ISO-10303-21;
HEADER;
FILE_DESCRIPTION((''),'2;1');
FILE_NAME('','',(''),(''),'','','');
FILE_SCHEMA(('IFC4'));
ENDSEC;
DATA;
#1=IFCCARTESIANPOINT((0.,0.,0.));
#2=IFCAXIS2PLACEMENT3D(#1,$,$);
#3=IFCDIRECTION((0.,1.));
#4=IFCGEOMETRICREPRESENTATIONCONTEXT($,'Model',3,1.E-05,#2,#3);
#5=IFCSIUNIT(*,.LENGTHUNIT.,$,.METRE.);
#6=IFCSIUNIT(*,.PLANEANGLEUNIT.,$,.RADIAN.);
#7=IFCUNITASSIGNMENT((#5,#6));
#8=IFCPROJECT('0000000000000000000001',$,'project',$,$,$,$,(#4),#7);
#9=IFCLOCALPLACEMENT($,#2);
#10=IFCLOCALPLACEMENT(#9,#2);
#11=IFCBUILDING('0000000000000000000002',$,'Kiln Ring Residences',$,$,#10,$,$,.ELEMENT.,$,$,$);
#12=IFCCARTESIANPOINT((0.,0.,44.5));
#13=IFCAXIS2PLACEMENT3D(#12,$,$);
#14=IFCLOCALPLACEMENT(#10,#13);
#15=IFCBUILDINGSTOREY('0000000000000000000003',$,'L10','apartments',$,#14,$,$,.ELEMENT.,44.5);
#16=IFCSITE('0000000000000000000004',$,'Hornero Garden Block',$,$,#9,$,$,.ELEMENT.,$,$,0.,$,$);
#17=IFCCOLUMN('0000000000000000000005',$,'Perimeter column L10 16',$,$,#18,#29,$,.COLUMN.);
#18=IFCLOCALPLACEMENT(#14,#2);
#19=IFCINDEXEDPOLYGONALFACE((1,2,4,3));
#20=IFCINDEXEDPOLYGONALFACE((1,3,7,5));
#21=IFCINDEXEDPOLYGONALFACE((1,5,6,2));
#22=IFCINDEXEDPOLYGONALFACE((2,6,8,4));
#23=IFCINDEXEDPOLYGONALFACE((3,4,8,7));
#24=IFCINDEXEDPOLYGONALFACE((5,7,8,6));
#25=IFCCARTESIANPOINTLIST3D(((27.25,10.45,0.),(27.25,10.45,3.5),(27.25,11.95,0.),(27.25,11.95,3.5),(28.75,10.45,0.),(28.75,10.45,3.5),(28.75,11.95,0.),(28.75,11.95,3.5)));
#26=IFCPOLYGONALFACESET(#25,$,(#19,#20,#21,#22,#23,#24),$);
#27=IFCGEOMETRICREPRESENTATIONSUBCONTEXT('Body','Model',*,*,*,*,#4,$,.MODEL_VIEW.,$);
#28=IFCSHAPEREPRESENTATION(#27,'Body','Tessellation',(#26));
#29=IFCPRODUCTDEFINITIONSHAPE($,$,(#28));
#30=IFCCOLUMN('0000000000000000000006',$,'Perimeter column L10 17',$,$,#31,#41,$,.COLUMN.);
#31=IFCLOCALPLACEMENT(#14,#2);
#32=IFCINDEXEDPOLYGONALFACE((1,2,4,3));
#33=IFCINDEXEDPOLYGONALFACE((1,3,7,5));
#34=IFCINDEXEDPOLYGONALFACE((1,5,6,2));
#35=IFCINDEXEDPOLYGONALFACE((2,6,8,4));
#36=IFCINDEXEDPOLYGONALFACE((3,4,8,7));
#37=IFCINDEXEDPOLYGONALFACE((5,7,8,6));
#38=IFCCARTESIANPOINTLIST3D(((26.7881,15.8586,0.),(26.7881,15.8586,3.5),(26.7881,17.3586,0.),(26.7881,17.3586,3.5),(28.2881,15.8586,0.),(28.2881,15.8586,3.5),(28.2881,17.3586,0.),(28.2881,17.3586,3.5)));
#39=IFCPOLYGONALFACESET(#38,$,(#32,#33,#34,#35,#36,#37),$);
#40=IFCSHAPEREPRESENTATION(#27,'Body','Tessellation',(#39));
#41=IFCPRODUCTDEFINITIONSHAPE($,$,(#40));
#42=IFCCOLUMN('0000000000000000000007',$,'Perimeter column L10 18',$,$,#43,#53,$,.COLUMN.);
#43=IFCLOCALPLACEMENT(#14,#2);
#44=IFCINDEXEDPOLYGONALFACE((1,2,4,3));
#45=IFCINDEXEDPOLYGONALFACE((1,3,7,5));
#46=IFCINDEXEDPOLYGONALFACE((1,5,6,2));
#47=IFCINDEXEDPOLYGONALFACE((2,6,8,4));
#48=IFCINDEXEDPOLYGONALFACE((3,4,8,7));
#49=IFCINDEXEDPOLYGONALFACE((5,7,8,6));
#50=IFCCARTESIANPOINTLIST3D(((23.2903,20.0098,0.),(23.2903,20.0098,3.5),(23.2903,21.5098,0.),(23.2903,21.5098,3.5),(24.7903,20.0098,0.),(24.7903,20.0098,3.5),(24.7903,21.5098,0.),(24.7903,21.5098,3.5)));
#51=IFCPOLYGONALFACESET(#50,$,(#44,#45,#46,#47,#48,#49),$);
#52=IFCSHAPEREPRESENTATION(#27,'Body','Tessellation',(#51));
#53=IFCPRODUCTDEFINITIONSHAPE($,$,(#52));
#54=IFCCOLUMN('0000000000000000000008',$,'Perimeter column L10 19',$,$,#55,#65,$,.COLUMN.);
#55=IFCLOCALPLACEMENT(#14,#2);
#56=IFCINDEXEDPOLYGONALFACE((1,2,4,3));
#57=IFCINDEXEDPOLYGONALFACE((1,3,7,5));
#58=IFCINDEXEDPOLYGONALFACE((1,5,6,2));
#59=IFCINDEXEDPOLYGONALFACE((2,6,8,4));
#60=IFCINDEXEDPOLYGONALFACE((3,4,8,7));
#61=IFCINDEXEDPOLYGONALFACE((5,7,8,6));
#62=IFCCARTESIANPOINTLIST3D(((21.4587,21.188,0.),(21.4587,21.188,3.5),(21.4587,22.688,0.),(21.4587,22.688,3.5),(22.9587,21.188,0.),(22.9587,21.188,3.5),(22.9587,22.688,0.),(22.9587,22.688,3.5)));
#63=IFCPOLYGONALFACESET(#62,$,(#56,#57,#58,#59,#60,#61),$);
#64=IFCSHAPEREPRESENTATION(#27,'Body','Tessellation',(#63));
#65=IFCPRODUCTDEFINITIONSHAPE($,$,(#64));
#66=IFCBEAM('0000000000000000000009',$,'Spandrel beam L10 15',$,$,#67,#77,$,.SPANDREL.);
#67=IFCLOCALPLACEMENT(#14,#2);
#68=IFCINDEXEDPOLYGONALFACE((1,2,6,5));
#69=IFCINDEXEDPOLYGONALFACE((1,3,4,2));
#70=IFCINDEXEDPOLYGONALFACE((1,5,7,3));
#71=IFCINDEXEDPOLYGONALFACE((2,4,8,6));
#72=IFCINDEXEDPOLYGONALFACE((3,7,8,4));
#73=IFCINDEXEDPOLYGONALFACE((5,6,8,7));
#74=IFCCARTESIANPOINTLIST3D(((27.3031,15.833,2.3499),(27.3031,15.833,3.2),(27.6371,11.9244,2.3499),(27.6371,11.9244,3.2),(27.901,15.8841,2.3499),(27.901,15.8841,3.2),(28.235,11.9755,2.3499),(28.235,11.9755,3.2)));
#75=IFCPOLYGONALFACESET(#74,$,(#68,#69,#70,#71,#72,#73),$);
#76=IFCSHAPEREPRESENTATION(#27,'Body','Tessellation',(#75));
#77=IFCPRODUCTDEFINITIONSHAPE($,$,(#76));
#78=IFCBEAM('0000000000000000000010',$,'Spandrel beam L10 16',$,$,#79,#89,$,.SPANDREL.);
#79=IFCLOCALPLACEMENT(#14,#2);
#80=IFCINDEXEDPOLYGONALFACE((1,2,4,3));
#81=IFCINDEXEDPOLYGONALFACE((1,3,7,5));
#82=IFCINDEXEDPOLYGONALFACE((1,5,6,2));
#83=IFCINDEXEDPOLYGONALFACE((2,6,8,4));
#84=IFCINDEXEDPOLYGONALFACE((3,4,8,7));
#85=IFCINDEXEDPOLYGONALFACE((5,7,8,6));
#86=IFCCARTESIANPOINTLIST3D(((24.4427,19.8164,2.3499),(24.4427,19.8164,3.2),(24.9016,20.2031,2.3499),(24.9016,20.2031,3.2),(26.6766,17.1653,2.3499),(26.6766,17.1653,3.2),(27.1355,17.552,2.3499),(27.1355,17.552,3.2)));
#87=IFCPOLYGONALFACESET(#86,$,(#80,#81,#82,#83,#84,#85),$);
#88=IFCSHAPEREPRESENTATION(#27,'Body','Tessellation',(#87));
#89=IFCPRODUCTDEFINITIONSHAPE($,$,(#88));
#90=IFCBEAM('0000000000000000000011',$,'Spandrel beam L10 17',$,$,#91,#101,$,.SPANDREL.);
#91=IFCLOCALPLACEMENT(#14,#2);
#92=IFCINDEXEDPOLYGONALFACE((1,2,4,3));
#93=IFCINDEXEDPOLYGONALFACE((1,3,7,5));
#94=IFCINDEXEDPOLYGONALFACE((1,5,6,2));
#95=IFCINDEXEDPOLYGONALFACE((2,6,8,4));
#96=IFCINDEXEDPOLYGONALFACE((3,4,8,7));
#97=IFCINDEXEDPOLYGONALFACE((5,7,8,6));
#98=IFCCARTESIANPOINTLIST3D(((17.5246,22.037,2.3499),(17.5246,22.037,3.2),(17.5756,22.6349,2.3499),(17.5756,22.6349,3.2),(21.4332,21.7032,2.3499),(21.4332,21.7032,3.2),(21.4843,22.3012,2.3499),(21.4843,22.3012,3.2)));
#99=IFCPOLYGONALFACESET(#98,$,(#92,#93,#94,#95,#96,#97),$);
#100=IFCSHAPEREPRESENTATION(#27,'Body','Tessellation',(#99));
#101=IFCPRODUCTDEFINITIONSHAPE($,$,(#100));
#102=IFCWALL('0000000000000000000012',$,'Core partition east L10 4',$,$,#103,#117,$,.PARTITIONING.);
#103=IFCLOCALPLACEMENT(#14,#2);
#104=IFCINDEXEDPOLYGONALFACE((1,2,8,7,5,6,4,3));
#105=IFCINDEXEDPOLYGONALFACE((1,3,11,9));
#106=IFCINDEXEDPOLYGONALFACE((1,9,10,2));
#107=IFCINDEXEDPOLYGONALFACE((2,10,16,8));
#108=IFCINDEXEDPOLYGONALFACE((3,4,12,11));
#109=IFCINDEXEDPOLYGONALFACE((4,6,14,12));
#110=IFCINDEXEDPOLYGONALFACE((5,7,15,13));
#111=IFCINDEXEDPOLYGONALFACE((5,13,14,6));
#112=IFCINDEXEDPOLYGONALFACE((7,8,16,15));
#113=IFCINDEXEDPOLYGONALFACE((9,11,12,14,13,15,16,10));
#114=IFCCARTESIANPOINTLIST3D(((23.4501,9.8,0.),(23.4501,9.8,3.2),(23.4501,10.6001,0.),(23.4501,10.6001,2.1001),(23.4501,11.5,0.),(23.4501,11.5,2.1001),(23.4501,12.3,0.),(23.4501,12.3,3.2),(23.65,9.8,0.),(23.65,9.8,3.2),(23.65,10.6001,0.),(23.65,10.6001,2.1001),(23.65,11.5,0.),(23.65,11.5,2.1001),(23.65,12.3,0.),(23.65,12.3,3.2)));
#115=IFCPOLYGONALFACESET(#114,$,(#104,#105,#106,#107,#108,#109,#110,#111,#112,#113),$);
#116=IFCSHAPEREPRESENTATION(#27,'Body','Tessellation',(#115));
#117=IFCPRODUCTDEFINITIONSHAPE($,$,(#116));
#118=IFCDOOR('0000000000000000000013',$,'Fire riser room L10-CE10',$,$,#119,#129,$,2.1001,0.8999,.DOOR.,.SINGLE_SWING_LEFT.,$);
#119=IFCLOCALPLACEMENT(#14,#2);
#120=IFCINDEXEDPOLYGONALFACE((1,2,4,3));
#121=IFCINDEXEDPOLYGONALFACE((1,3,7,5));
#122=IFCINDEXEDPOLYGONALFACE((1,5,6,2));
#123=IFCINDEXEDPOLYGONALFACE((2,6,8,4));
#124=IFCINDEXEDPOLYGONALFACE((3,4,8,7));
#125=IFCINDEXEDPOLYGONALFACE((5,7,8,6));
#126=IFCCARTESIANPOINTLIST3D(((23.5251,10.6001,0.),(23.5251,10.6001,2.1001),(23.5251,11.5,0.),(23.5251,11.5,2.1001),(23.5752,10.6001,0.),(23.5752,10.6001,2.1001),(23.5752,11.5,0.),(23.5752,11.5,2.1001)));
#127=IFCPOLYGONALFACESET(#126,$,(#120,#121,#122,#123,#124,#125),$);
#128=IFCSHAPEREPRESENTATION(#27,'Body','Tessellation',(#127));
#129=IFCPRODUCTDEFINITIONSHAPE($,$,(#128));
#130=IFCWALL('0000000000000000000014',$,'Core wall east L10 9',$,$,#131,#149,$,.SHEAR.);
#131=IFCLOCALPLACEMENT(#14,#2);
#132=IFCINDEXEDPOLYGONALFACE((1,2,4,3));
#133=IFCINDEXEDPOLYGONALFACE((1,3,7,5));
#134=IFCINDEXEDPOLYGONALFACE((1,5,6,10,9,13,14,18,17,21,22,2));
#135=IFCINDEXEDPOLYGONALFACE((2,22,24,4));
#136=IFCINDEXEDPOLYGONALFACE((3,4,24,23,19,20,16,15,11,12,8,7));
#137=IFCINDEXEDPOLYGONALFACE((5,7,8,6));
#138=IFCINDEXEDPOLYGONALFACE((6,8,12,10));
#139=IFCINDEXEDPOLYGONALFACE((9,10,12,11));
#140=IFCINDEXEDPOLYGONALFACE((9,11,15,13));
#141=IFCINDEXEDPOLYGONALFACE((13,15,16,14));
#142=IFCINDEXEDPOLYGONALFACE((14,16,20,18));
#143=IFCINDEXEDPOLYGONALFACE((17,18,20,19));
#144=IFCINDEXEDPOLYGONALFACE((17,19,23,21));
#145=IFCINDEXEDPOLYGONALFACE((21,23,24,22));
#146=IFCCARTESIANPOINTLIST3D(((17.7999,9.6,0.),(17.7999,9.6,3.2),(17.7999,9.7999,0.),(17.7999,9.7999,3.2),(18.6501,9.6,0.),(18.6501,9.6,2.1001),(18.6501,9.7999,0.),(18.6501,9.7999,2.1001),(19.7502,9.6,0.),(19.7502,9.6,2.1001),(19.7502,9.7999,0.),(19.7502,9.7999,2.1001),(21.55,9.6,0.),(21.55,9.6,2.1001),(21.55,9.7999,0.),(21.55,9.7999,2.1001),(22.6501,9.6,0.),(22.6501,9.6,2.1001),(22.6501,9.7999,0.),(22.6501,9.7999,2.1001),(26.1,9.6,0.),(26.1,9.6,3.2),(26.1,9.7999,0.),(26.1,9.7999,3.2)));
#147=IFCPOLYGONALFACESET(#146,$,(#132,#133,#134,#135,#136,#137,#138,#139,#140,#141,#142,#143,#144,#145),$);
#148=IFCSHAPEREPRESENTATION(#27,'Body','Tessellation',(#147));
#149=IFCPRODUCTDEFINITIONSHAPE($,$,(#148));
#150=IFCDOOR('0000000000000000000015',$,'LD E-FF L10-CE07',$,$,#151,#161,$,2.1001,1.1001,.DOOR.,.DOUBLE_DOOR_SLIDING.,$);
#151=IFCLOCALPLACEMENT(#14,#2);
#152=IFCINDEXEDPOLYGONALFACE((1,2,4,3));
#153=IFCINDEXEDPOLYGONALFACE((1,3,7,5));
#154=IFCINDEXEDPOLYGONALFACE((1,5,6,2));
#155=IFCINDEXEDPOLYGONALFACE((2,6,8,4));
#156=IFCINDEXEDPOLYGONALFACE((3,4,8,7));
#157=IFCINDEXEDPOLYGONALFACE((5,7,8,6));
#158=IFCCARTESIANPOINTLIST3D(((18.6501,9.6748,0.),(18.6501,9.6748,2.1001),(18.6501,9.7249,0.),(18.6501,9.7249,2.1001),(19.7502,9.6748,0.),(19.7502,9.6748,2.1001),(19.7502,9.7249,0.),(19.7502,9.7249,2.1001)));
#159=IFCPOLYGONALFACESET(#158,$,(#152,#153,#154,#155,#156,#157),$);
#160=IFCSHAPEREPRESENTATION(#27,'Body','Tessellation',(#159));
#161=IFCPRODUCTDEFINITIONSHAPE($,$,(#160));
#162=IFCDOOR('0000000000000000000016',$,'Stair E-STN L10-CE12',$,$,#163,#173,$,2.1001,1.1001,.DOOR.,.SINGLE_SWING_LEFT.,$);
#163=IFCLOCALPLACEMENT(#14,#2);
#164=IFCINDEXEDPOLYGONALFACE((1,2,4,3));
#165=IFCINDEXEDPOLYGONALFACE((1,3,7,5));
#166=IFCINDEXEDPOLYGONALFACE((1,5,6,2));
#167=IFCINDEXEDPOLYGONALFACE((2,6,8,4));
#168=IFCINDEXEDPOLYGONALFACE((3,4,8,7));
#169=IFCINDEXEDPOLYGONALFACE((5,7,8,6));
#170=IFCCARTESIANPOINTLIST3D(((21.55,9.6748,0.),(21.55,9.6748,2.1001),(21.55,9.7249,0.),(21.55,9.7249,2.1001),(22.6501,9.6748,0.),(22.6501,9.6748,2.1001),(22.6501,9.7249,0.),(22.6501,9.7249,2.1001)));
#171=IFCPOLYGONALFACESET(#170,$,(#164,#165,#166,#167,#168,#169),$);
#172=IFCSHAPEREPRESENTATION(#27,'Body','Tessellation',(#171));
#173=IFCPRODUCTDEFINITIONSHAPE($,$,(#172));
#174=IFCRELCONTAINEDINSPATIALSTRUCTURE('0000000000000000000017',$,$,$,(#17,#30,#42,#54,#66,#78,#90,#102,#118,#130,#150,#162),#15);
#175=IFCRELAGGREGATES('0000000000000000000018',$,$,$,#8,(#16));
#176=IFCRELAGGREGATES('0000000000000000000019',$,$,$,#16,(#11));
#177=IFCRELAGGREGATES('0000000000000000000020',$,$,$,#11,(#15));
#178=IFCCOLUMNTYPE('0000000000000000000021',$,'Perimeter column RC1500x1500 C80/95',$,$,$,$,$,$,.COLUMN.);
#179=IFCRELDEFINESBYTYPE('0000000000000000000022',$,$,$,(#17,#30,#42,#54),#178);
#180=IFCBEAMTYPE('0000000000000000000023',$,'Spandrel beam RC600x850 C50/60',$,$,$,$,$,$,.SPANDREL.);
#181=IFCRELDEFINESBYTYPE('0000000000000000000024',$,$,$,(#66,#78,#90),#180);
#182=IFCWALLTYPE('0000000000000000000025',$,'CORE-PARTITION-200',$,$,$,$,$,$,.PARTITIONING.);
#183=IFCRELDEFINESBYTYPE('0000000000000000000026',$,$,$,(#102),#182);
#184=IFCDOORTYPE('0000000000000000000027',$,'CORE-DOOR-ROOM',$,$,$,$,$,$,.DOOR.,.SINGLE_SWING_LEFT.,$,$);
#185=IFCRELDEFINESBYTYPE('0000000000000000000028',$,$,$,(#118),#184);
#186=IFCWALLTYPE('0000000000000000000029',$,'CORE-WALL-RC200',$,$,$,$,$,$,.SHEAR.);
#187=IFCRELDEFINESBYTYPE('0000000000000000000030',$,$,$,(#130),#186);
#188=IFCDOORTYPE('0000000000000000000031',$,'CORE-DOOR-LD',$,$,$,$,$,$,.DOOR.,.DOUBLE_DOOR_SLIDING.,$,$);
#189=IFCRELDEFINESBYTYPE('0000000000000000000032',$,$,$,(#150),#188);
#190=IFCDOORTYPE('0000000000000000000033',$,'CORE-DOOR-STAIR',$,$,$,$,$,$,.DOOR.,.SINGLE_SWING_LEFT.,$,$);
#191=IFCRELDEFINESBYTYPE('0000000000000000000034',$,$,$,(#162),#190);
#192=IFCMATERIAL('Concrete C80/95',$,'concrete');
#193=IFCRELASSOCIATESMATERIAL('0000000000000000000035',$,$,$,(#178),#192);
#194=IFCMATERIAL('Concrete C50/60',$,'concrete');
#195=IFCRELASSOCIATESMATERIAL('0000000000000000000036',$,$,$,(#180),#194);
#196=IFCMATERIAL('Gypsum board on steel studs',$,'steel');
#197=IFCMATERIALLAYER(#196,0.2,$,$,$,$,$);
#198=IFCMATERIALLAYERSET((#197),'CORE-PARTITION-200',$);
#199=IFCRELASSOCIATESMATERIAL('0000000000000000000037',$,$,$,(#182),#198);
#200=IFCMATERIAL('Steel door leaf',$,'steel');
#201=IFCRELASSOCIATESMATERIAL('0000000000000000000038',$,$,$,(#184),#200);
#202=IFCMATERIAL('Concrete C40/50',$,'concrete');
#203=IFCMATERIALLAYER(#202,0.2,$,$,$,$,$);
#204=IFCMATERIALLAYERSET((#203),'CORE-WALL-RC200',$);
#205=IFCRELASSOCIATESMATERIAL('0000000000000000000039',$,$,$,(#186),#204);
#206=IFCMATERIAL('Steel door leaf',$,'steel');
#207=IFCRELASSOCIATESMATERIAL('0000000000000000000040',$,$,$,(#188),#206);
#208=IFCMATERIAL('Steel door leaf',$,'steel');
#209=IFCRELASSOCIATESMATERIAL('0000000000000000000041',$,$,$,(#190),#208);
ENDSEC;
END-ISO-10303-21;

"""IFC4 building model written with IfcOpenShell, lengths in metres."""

from ifc_helpers import new_model, si_unit, direction, frame, frame_2d, origin, origin_2d, place, context, subcontext, project, spatial, rectangle, extrude, material, layer, layer_set, material_profile, profile_set, type_object, element, fill, save


model = new_model("IFC4")

# Units and contexts
model_context = context("Model", 3, precision=1e-05, world=origin(), true_north=direction((0.0, 1.0)))
body_context = subcontext(model_context, "Body", "Model", "MODEL_VIEW")
ifc_project = project(units=[si_unit("LENGTHUNIT", "METRE"), si_unit("PLANEANGLEUNIT", "RADIAN")], contexts=[model_context])

# Site, building, storey
site_placement = place(None, origin())
site = spatial("IfcSite", under=ifc_project, at=site_placement, Name="Hornero Garden Block", CompositionType="ELEMENT", RefElevation=0.0)
building_placement = place(site_placement, origin())
building = spatial("IfcBuilding", under=site, at=building_placement, Name="Kiln Ring Residences", CompositionType="ELEMENT")
storey_placement = place(building_placement, frame((0.0, 0.0, 44.5)))
storey = spatial("IfcBuildingStorey", under=building, at=storey_placement, Name="L10", Description="apartments", CompositionType="ELEMENT", Elevation=44.5)

# Columns
ifc_material_1 = material(Name="Concrete C80/95", Category="concrete")
ifc_material_profile_1 = material_profile(ifc_material_1, rectangle(XDim=1.5, YDim=1.5, at=origin_2d()), Name="RC1500x1500")
ifc_profile_set_1 = profile_set([ifc_material_profile_1], Name="Concrete C80/95")
column_type = type_object("IfcColumnType", Name="Perimeter column RC1500x1500 C80/95", PredefinedType="COLUMN", material=ifc_profile_set_1)
for number, where, z_axis, x_axis, name in (
    (1, (28.0, 11.2, 0.0), (0.0, 0.0, 1.0), (1.0, 0.0, 0.0), "Perimeter column L10 16"),
    (2, (27.5381, 16.6086, 0.0), (0.0, 0.0, 1.0), (1.0, 0.0, 0.0), "Perimeter column L10 17"),
    (3, (24.0403, 20.7598, 0.0), (0.0, 0.0, 1.0), (1.0, 0.0, 0.0), "Perimeter column L10 18"),
    (4, (22.2087, 21.938, 0.0), (0.0, 0.0, 1.0), (1.0, 0.0, 0.0), "Perimeter column L10 19"),
):
    element("IfcColumn", number, at=place(storey_placement, frame(where, z_axis=z_axis, x_axis=x_axis)), inside=storey, type_object=column_type, Name=name, PredefinedType="COLUMN", context=body_context, shape_type="SweptSolid", body=[
        extrude(rectangle(XDim=1.5, YDim=1.5, at=origin_2d()), origin(), (0.0, 0.0, 1.0), 3.5),
    ])

# Beams
ifc_material_2 = material(Name="Concrete C50/60", Category="concrete")
ifc_material_profile_2 = material_profile(ifc_material_2, rectangle(XDim=0.6001, YDim=0.8501, at=origin_2d()), Name="RC600x850")
ifc_profile_set_2 = profile_set([ifc_material_profile_2], Name="Concrete C50/60")
beam_type = type_object("IfcBeamType", Name="Spandrel beam RC600x850 C50/60", PredefinedType="SPANDREL", material=ifc_profile_set_2)
beam_1_placement = place(storey_placement, frame((27.936, 11.95, 2.7749), z_axis=(-0.085136, 0.996369, 0.0), x_axis=(-0.996369, -0.085136, 0.0)))
element("IfcBeam", 5, at=beam_1_placement, inside=storey, type_object=beam_type, Name="Spandrel beam L10 15", PredefinedType="SPANDREL", context=body_context, shape_type="SweptSolid", body=[
    extrude(rectangle(XDim=0.6001, YDim=0.8501, at=origin_2d()), origin(), (0.0, 0.0, 1.0), 3.9229),
])
beam_2_placement = place(storey_placement, frame((26.906, 17.3586, 2.7749), z_axis=(-0.644366, 0.764718, 0.0), x_axis=(-0.764718, -0.644366, 0.0)))
element("IfcBeam", 6, at=beam_2_placement, inside=storey, type_object=beam_type, Name="Spandrel beam L10 16", PredefinedType="SPANDREL", context=body_context, shape_type="SweptSolid", body=[
    extrude(rectangle(XDim=0.6001, YDim=0.8501, at=origin_2d()), origin(), (0.0, 0.0, 1.0), 3.4668),
])
beam_3_placement = place(storey_placement, frame((21.4587, 22.0022, 2.7749), z_axis=(-0.996375, 0.085075, 0.0), x_axis=(-0.085075, -0.996375, 0.0)))
element("IfcBeam", 7, at=beam_3_placement, inside=storey, type_object=beam_type, Name="Spandrel beam L10 17", PredefinedType="SPANDREL", context=body_context, shape_type="SweptSolid", body=[
    extrude(rectangle(XDim=0.6001, YDim=0.8501, at=origin_2d()), origin(), (0.0, 0.0, 1.0), 3.9229),
])

# Wall, opening, door
ifc_material_3 = material(Name="Gypsum board on steel studs", Category="steel")
ifc_layer_1 = layer(ifc_material_3, 0.2)
ifc_layer_set_1 = layer_set([ifc_layer_1], Name="CORE-PARTITION-200")
wall_type_1 = type_object("IfcWallType", Name="CORE-PARTITION-200", PredefinedType="PARTITIONING", material=ifc_layer_set_1)
wall_1_placement = place(storey_placement, frame((23.55, 9.8, 0.0), z_axis=(0.0, 0.0, 1.0), x_axis=(0.0, 1.0, 0.0)))
wall_1 = element("IfcWall", 8, at=wall_1_placement, inside=storey, type_object=wall_type_1, Name="Core partition east L10 4", PredefinedType="PARTITIONING", context=body_context, shape_type="SweptSolid", body=[
    extrude(rectangle(XDim=2.5, YDim=0.2, at=frame_2d((1.25, 0.0))), origin(), (0.0, 0.0, 1.0), 3.2),
])
opening_1_placement = place(wall_1_placement, frame((0.8, 0.0, 0.0)))
opening_1 = element("IfcOpeningElement", 9, at=opening_1_placement, cuts=wall_1, PredefinedType="OPENING", context=body_context, shape_type="SweptSolid", body=[
    extrude(rectangle(XDim=0.8999, YDim=2.1001, at=frame_2d((0.45, 1.05))), frame((0.0, 0.1099, 0.0), z_axis=(0.0, -1.0, 0.0), x_axis=(1.0, 0.0, 0.0)), (0.0, 0.0, 1.0), 0.22),
])
ifc_material_4 = material(Name="Steel door leaf", Category="steel")
door_type_1 = type_object("IfcDoorType", Name="CORE-DOOR-ROOM", OperationType="SINGLE_SWING_LEFT", PredefinedType="DOOR", material=ifc_material_4)
door_1_placement = place(opening_1_placement, origin())
door_1 = element("IfcDoor", 10, at=door_1_placement, inside=storey, type_object=door_type_1, Name="Fire riser room L10-CE10", OperationType="SINGLE_SWING_LEFT", OverallHeight=2.1001, OverallWidth=0.8999, PredefinedType="DOOR", context=body_context, shape_type="SweptSolid", body=[
    extrude(rectangle(XDim=0.8999, YDim=2.1001, at=frame_2d((0.45, 1.05))), frame((0.0, 0.0249, 0.0), z_axis=(0.0, -1.0, 0.0), x_axis=(1.0, 0.0, 0.0)), (0.0, 0.0, 1.0), 0.05),
])
fill(opening_1, door_1)

# Wall, openings, doors
ifc_material_5 = material(Name="Concrete C40/50", Category="concrete")
ifc_layer_2 = layer(ifc_material_5, 0.2)
ifc_layer_set_2 = layer_set([ifc_layer_2], Name="CORE-WALL-RC200")
wall_type_2 = type_object("IfcWallType", Name="CORE-WALL-RC200", PredefinedType="SHEAR", material=ifc_layer_set_2)
wall_2_placement = place(storey_placement, frame((17.8, 9.7, 0.0), z_axis=(0.0, 0.0, 1.0), x_axis=(1.0, 0.0, 0.0)))
wall_2 = element("IfcWall", 11, at=wall_2_placement, inside=storey, type_object=wall_type_2, Name="Core wall east L10 9", PredefinedType="SHEAR", context=body_context, shape_type="SweptSolid", body=[
    extrude(rectangle(XDim=8.3, YDim=0.2, at=frame_2d((4.1499, 0.0))), origin(), (0.0, 0.0, 1.0), 3.2),
])
opening_2_placement = place(wall_2_placement, frame((0.8501, 0.0, 0.0)))
opening_2 = element("IfcOpeningElement", 12, at=opening_2_placement, cuts=wall_2, PredefinedType="OPENING", context=body_context, shape_type="SweptSolid", body=[
    extrude(rectangle(XDim=1.1001, YDim=2.1001, at=frame_2d((0.55, 1.05))), frame((0.0, 0.1099, 0.0), z_axis=(0.0, -1.0, 0.0), x_axis=(1.0, 0.0, 0.0)), (0.0, 0.0, 1.0), 0.22),
])
opening_3_placement = place(wall_2_placement, frame((3.75, 0.0, 0.0)))
opening_3 = element("IfcOpeningElement", 13, at=opening_3_placement, cuts=wall_2, PredefinedType="OPENING", context=body_context, shape_type="SweptSolid", body=[
    extrude(rectangle(XDim=1.1001, YDim=2.1001, at=frame_2d((0.55, 1.05))), frame((0.0, 0.1099, 0.0), z_axis=(0.0, -1.0, 0.0), x_axis=(1.0, 0.0, 0.0)), (0.0, 0.0, 1.0), 0.22),
])
ifc_material_6 = material(Name="Steel door leaf", Category="steel")
door_type_2 = type_object("IfcDoorType", Name="CORE-DOOR-LD", OperationType="DOUBLE_DOOR_SLIDING", PredefinedType="DOOR", material=ifc_material_6)
door_2_placement = place(opening_2_placement, origin())
door_2 = element("IfcDoor", 14, at=door_2_placement, inside=storey, type_object=door_type_2, Name="LD E-FF L10-CE07", OperationType="DOUBLE_DOOR_SLIDING", OverallHeight=2.1001, OverallWidth=1.1001, PredefinedType="DOOR", context=body_context, shape_type="SweptSolid", body=[
    extrude(rectangle(XDim=1.1001, YDim=2.1001, at=frame_2d((0.55, 1.05))), frame((0.0, 0.0249, 0.0), z_axis=(0.0, -1.0, 0.0), x_axis=(1.0, 0.0, 0.0)), (0.0, 0.0, 1.0), 0.05),
])
fill(opening_2, door_2)
ifc_material_7 = material(Name="Steel door leaf", Category="steel")
door_type_3 = type_object("IfcDoorType", Name="CORE-DOOR-STAIR", OperationType="SINGLE_SWING_LEFT", PredefinedType="DOOR", material=ifc_material_7)
door_3_placement = place(opening_3_placement, origin())
door_3 = element("IfcDoor", 15, at=door_3_placement, inside=storey, type_object=door_type_3, Name="Stair E-STN L10-CE12", OperationType="SINGLE_SWING_LEFT", OverallHeight=2.1001, OverallWidth=1.1001, PredefinedType="DOOR", context=body_context, shape_type="SweptSolid", body=[
    extrude(rectangle(XDim=1.1001, YDim=2.1001, at=frame_2d((0.55, 1.05))), frame((0.0, 0.0249, 0.0), z_axis=(0.0, -1.0, 0.0), x_axis=(1.0, 0.0, 0.0)), (0.0, 0.0, 1.0), 0.05),
])
fill(opening_3, door_3)

save(model, "model.ifc")
